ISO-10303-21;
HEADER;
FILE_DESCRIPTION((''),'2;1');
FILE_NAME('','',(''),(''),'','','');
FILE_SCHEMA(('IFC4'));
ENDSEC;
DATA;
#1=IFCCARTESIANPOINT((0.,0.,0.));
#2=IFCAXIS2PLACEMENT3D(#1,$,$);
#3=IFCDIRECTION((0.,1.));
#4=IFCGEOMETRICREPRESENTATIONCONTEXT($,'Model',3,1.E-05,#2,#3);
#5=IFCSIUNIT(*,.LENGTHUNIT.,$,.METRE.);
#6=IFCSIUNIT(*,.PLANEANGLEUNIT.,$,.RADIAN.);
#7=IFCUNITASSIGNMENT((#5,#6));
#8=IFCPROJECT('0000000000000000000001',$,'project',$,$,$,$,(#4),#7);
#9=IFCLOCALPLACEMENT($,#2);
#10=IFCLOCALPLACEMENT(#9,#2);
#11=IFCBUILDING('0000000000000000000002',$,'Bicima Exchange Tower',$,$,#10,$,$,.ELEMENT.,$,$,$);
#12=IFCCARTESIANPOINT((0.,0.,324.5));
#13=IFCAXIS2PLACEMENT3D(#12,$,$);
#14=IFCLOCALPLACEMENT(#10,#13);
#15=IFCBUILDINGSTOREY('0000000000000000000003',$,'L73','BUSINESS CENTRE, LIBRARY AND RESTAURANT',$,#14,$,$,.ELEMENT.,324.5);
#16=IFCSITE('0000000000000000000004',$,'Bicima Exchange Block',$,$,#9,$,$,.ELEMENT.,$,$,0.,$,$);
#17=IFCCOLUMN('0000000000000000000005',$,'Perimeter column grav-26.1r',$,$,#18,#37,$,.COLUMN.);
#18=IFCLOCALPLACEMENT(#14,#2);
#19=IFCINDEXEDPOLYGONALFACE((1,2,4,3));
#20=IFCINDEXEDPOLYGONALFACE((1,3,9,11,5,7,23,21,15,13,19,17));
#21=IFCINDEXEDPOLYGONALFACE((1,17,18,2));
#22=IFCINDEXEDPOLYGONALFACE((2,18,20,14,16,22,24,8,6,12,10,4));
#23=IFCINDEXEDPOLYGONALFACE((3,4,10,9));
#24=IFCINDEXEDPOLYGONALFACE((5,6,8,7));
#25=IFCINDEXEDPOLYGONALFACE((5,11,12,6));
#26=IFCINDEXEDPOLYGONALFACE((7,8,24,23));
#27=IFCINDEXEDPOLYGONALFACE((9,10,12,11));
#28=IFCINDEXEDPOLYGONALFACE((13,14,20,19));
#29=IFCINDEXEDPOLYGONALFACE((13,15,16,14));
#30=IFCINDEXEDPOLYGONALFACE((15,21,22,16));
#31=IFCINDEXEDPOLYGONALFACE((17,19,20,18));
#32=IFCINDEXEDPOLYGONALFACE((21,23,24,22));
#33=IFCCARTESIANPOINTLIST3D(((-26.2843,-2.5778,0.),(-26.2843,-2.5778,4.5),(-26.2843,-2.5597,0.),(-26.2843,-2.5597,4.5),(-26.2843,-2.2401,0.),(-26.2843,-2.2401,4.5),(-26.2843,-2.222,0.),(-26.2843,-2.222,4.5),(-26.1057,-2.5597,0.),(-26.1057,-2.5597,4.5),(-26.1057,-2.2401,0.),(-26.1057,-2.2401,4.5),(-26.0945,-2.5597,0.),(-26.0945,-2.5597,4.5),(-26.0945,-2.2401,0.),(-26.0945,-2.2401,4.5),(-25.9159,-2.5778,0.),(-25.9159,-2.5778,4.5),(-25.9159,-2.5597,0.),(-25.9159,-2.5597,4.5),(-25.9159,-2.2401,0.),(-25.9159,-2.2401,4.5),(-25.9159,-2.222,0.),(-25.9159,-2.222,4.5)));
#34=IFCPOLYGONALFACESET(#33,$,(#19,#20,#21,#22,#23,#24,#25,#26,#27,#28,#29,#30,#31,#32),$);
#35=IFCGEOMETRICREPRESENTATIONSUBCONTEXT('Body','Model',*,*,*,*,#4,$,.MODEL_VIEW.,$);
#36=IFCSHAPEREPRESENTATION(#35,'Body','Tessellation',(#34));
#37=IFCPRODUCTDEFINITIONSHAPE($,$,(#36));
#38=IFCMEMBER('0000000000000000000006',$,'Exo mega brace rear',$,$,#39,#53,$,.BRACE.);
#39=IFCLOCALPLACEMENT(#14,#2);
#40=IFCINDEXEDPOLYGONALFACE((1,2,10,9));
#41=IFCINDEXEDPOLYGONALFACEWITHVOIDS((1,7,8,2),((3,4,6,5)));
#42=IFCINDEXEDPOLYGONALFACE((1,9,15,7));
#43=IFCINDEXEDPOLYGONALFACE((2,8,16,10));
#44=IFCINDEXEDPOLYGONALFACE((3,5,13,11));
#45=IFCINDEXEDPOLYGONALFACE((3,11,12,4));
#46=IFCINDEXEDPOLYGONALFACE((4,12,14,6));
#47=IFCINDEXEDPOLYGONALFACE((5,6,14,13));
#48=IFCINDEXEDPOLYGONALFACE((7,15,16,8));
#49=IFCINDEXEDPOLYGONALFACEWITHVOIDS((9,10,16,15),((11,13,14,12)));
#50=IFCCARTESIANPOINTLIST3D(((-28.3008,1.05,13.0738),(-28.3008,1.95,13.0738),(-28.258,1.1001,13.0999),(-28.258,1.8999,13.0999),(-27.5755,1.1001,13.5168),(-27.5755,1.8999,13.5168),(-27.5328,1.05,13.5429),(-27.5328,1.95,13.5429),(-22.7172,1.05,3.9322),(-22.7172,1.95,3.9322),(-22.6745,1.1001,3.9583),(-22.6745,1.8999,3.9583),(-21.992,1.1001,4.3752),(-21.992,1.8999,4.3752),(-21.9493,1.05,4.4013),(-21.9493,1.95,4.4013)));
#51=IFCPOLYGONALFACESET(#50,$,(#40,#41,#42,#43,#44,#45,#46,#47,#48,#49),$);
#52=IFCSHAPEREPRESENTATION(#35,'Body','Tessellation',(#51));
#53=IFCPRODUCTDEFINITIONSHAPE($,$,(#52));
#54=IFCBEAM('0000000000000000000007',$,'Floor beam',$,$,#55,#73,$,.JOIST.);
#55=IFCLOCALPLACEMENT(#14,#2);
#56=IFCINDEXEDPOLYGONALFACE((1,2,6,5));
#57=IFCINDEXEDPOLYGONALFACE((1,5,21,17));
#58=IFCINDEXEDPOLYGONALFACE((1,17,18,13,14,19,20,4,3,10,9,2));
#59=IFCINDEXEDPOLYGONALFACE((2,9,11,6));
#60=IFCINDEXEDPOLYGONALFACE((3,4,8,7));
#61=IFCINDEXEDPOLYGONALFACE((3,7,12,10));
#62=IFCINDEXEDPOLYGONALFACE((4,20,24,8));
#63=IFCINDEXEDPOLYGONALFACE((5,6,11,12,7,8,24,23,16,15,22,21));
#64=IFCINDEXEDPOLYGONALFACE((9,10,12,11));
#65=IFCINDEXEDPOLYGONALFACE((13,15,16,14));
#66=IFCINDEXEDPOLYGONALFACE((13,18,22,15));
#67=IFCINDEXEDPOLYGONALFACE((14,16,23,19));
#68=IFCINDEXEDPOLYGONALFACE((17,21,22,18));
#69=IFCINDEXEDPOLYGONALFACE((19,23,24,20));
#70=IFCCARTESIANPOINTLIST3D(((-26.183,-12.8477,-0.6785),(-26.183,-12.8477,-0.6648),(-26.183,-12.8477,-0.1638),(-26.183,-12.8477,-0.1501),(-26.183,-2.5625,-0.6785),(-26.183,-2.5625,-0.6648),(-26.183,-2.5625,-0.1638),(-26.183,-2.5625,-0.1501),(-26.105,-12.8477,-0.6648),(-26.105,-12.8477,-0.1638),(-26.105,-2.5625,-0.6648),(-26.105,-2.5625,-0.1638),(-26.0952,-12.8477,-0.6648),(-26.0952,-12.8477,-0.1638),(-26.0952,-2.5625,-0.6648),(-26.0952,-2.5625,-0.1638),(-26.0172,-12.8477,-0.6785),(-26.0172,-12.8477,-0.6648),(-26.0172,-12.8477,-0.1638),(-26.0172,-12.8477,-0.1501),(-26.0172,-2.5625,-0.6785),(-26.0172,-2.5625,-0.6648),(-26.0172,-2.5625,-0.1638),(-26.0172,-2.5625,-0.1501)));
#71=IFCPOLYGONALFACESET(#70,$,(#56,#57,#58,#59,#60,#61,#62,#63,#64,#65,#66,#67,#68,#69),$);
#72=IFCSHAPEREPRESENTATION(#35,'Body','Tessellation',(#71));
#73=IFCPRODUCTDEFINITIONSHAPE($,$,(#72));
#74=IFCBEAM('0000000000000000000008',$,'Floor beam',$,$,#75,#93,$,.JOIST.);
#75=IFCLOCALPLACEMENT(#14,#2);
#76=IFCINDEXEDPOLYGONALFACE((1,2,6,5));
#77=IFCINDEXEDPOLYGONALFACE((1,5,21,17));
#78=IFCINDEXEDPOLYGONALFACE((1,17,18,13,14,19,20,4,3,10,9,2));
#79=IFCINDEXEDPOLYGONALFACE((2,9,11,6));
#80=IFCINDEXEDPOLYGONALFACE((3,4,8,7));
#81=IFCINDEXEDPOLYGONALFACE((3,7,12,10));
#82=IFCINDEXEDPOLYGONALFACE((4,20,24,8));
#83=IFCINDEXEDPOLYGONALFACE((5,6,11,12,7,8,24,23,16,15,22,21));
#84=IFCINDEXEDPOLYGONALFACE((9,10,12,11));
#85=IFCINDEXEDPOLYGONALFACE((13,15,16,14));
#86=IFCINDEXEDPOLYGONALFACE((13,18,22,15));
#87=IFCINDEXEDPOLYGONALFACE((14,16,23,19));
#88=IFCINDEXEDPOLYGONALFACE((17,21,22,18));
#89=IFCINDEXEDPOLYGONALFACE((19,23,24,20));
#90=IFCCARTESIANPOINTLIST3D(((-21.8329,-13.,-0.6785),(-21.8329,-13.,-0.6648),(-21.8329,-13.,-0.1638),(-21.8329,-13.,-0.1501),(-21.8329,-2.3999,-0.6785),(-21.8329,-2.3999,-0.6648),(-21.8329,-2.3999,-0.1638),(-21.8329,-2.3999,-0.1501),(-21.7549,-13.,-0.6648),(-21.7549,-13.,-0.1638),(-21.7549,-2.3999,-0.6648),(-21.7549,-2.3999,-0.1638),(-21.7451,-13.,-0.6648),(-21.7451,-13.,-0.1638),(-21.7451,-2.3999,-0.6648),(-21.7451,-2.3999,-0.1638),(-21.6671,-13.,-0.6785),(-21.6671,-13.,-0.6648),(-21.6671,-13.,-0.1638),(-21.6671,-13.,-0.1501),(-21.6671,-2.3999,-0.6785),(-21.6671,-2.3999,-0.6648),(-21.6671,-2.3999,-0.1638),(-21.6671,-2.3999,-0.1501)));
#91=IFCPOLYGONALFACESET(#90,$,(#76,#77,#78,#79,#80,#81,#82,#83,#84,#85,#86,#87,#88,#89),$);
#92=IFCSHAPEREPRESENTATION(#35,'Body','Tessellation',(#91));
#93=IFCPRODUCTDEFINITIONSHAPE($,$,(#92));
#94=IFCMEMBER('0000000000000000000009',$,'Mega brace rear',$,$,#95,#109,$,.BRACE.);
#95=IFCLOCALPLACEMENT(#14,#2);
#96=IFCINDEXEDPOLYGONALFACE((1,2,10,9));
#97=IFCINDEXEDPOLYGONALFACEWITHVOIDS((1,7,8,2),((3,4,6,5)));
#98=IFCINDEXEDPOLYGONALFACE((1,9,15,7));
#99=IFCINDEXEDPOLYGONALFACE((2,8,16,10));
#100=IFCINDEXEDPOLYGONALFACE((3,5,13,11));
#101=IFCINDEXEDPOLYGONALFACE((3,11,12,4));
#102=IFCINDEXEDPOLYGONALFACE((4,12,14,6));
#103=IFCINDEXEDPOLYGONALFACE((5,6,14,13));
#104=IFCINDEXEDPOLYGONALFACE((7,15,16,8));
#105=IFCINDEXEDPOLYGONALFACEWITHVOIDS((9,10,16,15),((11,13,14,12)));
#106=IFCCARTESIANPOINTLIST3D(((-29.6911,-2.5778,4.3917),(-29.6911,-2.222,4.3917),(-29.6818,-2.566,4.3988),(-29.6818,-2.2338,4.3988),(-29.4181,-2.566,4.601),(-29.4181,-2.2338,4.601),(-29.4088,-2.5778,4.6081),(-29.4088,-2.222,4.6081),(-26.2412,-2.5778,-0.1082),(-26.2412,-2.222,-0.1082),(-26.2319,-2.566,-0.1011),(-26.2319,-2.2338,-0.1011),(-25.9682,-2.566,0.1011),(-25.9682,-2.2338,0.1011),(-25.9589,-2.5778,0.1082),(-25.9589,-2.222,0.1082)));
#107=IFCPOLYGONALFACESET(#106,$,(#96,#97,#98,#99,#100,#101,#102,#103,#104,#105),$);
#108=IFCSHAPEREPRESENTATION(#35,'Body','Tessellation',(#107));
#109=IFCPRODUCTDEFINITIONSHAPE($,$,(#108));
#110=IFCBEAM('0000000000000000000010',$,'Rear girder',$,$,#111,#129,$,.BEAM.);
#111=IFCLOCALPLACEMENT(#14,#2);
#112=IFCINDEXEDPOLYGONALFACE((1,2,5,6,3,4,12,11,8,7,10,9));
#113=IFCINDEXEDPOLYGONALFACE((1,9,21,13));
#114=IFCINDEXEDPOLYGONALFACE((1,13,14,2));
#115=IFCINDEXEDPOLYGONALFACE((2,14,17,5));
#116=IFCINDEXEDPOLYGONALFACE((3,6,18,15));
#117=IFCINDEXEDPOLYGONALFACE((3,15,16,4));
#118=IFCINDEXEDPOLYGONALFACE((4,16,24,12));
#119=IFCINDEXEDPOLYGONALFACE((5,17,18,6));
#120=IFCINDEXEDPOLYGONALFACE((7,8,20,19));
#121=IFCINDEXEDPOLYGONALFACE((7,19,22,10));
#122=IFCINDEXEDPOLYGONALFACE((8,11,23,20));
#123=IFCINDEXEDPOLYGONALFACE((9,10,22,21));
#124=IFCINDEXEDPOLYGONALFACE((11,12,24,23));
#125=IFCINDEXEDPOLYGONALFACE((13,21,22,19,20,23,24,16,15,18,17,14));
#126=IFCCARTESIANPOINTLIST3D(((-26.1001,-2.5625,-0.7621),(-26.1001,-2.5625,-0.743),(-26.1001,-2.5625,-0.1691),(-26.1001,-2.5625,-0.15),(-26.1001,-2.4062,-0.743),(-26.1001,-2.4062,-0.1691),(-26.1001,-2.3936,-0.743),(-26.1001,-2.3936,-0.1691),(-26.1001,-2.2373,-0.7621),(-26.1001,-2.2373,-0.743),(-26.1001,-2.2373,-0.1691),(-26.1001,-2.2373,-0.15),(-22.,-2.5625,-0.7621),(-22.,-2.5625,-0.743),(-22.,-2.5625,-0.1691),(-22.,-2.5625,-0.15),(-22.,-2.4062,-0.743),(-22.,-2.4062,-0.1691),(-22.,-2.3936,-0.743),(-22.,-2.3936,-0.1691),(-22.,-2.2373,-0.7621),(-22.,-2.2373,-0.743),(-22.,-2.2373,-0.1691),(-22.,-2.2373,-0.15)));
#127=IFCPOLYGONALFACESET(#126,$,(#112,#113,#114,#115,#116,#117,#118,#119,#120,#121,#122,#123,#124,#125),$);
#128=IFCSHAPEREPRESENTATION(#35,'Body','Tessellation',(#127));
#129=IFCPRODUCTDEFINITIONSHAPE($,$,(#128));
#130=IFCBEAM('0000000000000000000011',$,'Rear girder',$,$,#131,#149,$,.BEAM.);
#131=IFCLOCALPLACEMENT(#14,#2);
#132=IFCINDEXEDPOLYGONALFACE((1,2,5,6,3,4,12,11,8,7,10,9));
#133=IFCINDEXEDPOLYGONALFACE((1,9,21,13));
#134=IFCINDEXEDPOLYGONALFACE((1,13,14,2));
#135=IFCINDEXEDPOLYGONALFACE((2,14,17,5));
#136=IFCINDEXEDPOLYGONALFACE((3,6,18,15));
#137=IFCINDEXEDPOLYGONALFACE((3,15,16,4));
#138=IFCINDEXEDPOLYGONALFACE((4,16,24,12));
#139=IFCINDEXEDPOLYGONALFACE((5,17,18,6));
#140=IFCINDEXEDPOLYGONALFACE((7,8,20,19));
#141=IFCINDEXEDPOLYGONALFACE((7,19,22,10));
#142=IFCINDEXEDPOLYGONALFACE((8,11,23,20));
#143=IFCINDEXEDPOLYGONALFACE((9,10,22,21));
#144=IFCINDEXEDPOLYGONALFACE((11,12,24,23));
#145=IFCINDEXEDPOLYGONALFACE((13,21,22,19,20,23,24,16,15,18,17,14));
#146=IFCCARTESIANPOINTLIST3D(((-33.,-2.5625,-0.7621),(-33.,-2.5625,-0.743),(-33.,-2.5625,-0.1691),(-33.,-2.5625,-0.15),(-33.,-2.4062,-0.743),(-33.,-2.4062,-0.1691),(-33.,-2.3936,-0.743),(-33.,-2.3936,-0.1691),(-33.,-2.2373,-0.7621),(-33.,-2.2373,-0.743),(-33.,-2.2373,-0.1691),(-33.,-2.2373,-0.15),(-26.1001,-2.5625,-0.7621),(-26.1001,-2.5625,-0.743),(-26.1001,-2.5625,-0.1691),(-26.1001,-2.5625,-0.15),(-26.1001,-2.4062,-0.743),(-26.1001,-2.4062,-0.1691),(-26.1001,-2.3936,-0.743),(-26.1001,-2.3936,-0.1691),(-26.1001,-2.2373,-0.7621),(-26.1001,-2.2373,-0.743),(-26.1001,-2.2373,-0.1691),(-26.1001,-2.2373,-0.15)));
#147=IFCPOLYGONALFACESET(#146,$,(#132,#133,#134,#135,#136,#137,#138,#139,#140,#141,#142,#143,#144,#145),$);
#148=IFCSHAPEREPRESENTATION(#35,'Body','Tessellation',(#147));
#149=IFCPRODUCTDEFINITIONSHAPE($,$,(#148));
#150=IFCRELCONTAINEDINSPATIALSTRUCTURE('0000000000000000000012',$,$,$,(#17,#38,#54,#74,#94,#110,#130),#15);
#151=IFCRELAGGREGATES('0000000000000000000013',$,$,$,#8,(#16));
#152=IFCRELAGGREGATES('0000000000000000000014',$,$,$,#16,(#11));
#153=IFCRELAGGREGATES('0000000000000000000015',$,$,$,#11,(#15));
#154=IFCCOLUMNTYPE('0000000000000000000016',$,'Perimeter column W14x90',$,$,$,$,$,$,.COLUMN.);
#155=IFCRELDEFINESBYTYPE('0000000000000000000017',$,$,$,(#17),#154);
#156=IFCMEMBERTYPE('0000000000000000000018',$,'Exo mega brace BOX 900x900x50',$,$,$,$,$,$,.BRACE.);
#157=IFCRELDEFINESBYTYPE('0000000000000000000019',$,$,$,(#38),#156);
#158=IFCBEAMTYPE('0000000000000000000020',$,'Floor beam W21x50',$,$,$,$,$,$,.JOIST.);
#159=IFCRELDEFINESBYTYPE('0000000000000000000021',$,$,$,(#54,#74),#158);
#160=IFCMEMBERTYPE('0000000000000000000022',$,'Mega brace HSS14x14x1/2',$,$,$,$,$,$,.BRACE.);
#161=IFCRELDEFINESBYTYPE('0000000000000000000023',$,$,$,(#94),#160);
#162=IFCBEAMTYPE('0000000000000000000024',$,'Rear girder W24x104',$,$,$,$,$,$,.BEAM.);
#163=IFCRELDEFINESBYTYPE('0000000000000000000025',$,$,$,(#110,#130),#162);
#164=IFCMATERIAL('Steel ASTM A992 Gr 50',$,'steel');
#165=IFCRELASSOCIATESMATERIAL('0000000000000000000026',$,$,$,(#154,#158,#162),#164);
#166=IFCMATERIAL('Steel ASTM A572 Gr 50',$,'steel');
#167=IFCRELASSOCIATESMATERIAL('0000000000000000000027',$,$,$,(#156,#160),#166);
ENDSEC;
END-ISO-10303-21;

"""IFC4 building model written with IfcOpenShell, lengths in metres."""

from ifc_helpers import new_model, si_unit, direction, frame, origin, origin_2d, place, context, subcontext, project, spatial, hollow_rectangle, i_section, extrude, material, material_profile, profile_set, type_object, element, save


model = new_model("IFC4")

# Units and contexts
model_context = context("Model", 3, precision=1e-05, world=origin(), true_north=direction((0.0, 1.0)))
body_context = subcontext(model_context, "Body", "Model", "MODEL_VIEW")
ifc_project = project(units=[si_unit("LENGTHUNIT", "METRE"), si_unit("PLANEANGLEUNIT", "RADIAN")], contexts=[model_context])

# Site, building, storey
site_placement = place(None, origin())
site = spatial("IfcSite", under=ifc_project, at=site_placement, Name="Bicima Exchange Block", CompositionType="ELEMENT", RefElevation=0.0)
building_placement = place(site_placement, origin())
building = spatial("IfcBuilding", under=site, at=building_placement, Name="Bicima Exchange Tower", CompositionType="ELEMENT")
storey_placement = place(building_placement, frame((0.0, 0.0, 324.5)))
storey = spatial("IfcBuildingStorey", under=building, at=storey_placement, Name="L73", Description="BUSINESS CENTRE, LIBRARY AND RESTAURANT", CompositionType="ELEMENT", Elevation=324.5)

# Column
ifc_material_1 = material(Name="Steel ASTM A992 Gr 50", Category="steel")
ifc_material_profile_1 = material_profile(ifc_material_1, i_section(OverallWidth=0.3684, OverallDepth=0.3557, WebThickness=0.0112, FlangeThickness=0.0181, at=origin_2d()))
ifc_profile_set_1 = profile_set([ifc_material_profile_1], Name="Steel ASTM A992 Gr 50")
column_type = type_object("IfcColumnType", Name="Perimeter column W14x90", PredefinedType="COLUMN", material=ifc_profile_set_1)
column_placement = place(storey_placement, frame((-26.1001, -2.3999, 0.0), z_axis=(0.0, 0.0, 1.0), x_axis=(1.0, 0.0, 0.0)))
element("IfcColumn", 1, at=column_placement, inside=storey, type_object=column_type, Name="Perimeter column grav-26.1r", PredefinedType="COLUMN", context=body_context, shape_type="SweptSolid", body=[
    extrude(i_section(OverallWidth=0.3684, OverallDepth=0.3557, WebThickness=0.0112, FlangeThickness=0.0181, at=origin_2d()), origin(), (0.0, 0.0, 1.0), 4.5),
])

# Member
ifc_material_2 = material(Name="Steel ASTM A572 Gr 50", Category="steel")
ifc_material_profile_2 = material_profile(ifc_material_2, hollow_rectangle(XDim=0.8999, YDim=0.8999, WallThickness=0.05, at=origin_2d()))
ifc_profile_set_2 = profile_set([ifc_material_profile_2], Name="Steel ASTM A572 Gr 50")
member_type_1 = type_object("IfcMemberType", Name="Exo mega brace BOX 900x900x50", PredefinedType="BRACE", material=ifc_profile_set_2)
member_1_placement = place(storey_placement, frame((-22.3333, 1.5, 4.1667), z_axis=(-0.521243, 0.0, 0.853408), x_axis=(0.0, -1.0, 0.0)))
element("IfcMember", 2, at=member_1_placement, inside=storey, type_object=member_type_1, Name="Exo mega brace rear", PredefinedType="BRACE", context=body_context, shape_type="SweptSolid", body=[
    extrude(hollow_rectangle(XDim=0.8999, YDim=0.8999, WallThickness=0.05, at=origin_2d()), origin(), (0.0, 0.0, 1.0), 10.7119),
])

# Beams
ifc_material_profile_3 = material_profile(ifc_material_1, i_section(OverallWidth=0.1658, OverallDepth=0.5283, WebThickness=0.0098, FlangeThickness=0.0137, at=origin_2d()))
ifc_profile_set_3 = profile_set([ifc_material_profile_3], Name="Steel ASTM A992 Gr 50")
beam_type_1 = type_object("IfcBeamType", Name="Floor beam W21x50", PredefinedType="JOIST", material=ifc_profile_set_3)
beam_1_placement = place(storey_placement, frame((-26.1001, -2.5625, -0.4143), z_axis=(0.0, -1.0, 0.0), x_axis=(1.0, 0.0, 0.0)))
element("IfcBeam", 3, at=beam_1_placement, inside=storey, type_object=beam_type_1, Name="Floor beam", PredefinedType="JOIST", context=body_context, shape_type="SweptSolid", body=[
    extrude(i_section(OverallWidth=0.1658, OverallDepth=0.5283, WebThickness=0.0098, FlangeThickness=0.0137, at=origin_2d()), origin(), (0.0, 0.0, 1.0), 10.2852),
])
beam_2_placement = place(storey_placement, frame((-21.75, -2.3999, -0.4143), z_axis=(0.0, -1.0, 0.0), x_axis=(1.0, 0.0, 0.0)))
element("IfcBeam", 4, at=beam_2_placement, inside=storey, type_object=beam_type_1, Name="Floor beam", PredefinedType="JOIST", context=body_context, shape_type="SweptSolid", body=[
    extrude(i_section(OverallWidth=0.1658, OverallDepth=0.5283, WebThickness=0.0098, FlangeThickness=0.0137, at=origin_2d()), origin(), (0.0, 0.0, 1.0), 10.6001),
])

# Member
ifc_material_profile_4 = material_profile(ifc_material_2, hollow_rectangle(XDim=0.3557, YDim=0.3557, WallThickness=0.0117, at=origin_2d()))
ifc_profile_set_4 = profile_set([ifc_material_profile_4], Name="Steel ASTM A572 Gr 50")
member_type_2 = type_object("IfcMemberType", Name="Mega brace HSS14x14x1/2", PredefinedType="BRACE", material=ifc_profile_set_4)
member_2_placement = place(storey_placement, frame((-26.1001, -2.3999, 0.0), z_axis=(-0.608426, 0.0, 0.793611), x_axis=(0.0, -1.0, 0.0)))
element("IfcMember", 5, at=member_2_placement, inside=storey, type_object=member_type_2, Name="Mega brace rear", PredefinedType="BRACE", context=body_context, shape_type="SweptSolid", body=[
    extrude(hollow_rectangle(XDim=0.3557, YDim=0.3557, WallThickness=0.0117, at=origin_2d()), origin(), (0.0, 0.0, 1.0), 5.6702),
])

# Beams
ifc_material_profile_5 = material_profile(ifc_material_1, i_section(OverallWidth=0.3252, OverallDepth=0.6121, WebThickness=0.0127, FlangeThickness=0.019, at=origin_2d()))
ifc_profile_set_5 = profile_set([ifc_material_profile_5], Name="Steel ASTM A992 Gr 50")
beam_type_2 = type_object("IfcBeamType", Name="Rear girder W24x104", PredefinedType="BEAM", material=ifc_profile_set_5)
beam_3_placement = place(storey_placement, frame((-22.0, -2.3999, -0.4561), z_axis=(-1.0, 0.0, 0.0), x_axis=(0.0, -1.0, 0.0)))
element("IfcBeam", 6, at=beam_3_placement, inside=storey, type_object=beam_type_2, Name="Rear girder", PredefinedType="BEAM", context=body_context, shape_type="SweptSolid", body=[
    extrude(i_section(OverallWidth=0.3252, OverallDepth=0.6121, WebThickness=0.0127, FlangeThickness=0.019, at=origin_2d()), origin(), (0.0, 0.0, 1.0), 4.1001),
])
beam_4_placement = place(storey_placement, frame((-26.1001, -2.3999, -0.4561), z_axis=(-1.0, 0.0, 0.0), x_axis=(0.0, -1.0, 0.0)))
element("IfcBeam", 7, at=beam_4_placement, inside=storey, type_object=beam_type_2, Name="Rear girder", PredefinedType="BEAM", context=body_context, shape_type="SweptSolid", body=[
    extrude(i_section(OverallWidth=0.3252, OverallDepth=0.6121, WebThickness=0.0127, FlangeThickness=0.019, at=origin_2d()), origin(), (0.0, 0.0, 1.0), 6.8999),
])

save(model, "model.ifc")
